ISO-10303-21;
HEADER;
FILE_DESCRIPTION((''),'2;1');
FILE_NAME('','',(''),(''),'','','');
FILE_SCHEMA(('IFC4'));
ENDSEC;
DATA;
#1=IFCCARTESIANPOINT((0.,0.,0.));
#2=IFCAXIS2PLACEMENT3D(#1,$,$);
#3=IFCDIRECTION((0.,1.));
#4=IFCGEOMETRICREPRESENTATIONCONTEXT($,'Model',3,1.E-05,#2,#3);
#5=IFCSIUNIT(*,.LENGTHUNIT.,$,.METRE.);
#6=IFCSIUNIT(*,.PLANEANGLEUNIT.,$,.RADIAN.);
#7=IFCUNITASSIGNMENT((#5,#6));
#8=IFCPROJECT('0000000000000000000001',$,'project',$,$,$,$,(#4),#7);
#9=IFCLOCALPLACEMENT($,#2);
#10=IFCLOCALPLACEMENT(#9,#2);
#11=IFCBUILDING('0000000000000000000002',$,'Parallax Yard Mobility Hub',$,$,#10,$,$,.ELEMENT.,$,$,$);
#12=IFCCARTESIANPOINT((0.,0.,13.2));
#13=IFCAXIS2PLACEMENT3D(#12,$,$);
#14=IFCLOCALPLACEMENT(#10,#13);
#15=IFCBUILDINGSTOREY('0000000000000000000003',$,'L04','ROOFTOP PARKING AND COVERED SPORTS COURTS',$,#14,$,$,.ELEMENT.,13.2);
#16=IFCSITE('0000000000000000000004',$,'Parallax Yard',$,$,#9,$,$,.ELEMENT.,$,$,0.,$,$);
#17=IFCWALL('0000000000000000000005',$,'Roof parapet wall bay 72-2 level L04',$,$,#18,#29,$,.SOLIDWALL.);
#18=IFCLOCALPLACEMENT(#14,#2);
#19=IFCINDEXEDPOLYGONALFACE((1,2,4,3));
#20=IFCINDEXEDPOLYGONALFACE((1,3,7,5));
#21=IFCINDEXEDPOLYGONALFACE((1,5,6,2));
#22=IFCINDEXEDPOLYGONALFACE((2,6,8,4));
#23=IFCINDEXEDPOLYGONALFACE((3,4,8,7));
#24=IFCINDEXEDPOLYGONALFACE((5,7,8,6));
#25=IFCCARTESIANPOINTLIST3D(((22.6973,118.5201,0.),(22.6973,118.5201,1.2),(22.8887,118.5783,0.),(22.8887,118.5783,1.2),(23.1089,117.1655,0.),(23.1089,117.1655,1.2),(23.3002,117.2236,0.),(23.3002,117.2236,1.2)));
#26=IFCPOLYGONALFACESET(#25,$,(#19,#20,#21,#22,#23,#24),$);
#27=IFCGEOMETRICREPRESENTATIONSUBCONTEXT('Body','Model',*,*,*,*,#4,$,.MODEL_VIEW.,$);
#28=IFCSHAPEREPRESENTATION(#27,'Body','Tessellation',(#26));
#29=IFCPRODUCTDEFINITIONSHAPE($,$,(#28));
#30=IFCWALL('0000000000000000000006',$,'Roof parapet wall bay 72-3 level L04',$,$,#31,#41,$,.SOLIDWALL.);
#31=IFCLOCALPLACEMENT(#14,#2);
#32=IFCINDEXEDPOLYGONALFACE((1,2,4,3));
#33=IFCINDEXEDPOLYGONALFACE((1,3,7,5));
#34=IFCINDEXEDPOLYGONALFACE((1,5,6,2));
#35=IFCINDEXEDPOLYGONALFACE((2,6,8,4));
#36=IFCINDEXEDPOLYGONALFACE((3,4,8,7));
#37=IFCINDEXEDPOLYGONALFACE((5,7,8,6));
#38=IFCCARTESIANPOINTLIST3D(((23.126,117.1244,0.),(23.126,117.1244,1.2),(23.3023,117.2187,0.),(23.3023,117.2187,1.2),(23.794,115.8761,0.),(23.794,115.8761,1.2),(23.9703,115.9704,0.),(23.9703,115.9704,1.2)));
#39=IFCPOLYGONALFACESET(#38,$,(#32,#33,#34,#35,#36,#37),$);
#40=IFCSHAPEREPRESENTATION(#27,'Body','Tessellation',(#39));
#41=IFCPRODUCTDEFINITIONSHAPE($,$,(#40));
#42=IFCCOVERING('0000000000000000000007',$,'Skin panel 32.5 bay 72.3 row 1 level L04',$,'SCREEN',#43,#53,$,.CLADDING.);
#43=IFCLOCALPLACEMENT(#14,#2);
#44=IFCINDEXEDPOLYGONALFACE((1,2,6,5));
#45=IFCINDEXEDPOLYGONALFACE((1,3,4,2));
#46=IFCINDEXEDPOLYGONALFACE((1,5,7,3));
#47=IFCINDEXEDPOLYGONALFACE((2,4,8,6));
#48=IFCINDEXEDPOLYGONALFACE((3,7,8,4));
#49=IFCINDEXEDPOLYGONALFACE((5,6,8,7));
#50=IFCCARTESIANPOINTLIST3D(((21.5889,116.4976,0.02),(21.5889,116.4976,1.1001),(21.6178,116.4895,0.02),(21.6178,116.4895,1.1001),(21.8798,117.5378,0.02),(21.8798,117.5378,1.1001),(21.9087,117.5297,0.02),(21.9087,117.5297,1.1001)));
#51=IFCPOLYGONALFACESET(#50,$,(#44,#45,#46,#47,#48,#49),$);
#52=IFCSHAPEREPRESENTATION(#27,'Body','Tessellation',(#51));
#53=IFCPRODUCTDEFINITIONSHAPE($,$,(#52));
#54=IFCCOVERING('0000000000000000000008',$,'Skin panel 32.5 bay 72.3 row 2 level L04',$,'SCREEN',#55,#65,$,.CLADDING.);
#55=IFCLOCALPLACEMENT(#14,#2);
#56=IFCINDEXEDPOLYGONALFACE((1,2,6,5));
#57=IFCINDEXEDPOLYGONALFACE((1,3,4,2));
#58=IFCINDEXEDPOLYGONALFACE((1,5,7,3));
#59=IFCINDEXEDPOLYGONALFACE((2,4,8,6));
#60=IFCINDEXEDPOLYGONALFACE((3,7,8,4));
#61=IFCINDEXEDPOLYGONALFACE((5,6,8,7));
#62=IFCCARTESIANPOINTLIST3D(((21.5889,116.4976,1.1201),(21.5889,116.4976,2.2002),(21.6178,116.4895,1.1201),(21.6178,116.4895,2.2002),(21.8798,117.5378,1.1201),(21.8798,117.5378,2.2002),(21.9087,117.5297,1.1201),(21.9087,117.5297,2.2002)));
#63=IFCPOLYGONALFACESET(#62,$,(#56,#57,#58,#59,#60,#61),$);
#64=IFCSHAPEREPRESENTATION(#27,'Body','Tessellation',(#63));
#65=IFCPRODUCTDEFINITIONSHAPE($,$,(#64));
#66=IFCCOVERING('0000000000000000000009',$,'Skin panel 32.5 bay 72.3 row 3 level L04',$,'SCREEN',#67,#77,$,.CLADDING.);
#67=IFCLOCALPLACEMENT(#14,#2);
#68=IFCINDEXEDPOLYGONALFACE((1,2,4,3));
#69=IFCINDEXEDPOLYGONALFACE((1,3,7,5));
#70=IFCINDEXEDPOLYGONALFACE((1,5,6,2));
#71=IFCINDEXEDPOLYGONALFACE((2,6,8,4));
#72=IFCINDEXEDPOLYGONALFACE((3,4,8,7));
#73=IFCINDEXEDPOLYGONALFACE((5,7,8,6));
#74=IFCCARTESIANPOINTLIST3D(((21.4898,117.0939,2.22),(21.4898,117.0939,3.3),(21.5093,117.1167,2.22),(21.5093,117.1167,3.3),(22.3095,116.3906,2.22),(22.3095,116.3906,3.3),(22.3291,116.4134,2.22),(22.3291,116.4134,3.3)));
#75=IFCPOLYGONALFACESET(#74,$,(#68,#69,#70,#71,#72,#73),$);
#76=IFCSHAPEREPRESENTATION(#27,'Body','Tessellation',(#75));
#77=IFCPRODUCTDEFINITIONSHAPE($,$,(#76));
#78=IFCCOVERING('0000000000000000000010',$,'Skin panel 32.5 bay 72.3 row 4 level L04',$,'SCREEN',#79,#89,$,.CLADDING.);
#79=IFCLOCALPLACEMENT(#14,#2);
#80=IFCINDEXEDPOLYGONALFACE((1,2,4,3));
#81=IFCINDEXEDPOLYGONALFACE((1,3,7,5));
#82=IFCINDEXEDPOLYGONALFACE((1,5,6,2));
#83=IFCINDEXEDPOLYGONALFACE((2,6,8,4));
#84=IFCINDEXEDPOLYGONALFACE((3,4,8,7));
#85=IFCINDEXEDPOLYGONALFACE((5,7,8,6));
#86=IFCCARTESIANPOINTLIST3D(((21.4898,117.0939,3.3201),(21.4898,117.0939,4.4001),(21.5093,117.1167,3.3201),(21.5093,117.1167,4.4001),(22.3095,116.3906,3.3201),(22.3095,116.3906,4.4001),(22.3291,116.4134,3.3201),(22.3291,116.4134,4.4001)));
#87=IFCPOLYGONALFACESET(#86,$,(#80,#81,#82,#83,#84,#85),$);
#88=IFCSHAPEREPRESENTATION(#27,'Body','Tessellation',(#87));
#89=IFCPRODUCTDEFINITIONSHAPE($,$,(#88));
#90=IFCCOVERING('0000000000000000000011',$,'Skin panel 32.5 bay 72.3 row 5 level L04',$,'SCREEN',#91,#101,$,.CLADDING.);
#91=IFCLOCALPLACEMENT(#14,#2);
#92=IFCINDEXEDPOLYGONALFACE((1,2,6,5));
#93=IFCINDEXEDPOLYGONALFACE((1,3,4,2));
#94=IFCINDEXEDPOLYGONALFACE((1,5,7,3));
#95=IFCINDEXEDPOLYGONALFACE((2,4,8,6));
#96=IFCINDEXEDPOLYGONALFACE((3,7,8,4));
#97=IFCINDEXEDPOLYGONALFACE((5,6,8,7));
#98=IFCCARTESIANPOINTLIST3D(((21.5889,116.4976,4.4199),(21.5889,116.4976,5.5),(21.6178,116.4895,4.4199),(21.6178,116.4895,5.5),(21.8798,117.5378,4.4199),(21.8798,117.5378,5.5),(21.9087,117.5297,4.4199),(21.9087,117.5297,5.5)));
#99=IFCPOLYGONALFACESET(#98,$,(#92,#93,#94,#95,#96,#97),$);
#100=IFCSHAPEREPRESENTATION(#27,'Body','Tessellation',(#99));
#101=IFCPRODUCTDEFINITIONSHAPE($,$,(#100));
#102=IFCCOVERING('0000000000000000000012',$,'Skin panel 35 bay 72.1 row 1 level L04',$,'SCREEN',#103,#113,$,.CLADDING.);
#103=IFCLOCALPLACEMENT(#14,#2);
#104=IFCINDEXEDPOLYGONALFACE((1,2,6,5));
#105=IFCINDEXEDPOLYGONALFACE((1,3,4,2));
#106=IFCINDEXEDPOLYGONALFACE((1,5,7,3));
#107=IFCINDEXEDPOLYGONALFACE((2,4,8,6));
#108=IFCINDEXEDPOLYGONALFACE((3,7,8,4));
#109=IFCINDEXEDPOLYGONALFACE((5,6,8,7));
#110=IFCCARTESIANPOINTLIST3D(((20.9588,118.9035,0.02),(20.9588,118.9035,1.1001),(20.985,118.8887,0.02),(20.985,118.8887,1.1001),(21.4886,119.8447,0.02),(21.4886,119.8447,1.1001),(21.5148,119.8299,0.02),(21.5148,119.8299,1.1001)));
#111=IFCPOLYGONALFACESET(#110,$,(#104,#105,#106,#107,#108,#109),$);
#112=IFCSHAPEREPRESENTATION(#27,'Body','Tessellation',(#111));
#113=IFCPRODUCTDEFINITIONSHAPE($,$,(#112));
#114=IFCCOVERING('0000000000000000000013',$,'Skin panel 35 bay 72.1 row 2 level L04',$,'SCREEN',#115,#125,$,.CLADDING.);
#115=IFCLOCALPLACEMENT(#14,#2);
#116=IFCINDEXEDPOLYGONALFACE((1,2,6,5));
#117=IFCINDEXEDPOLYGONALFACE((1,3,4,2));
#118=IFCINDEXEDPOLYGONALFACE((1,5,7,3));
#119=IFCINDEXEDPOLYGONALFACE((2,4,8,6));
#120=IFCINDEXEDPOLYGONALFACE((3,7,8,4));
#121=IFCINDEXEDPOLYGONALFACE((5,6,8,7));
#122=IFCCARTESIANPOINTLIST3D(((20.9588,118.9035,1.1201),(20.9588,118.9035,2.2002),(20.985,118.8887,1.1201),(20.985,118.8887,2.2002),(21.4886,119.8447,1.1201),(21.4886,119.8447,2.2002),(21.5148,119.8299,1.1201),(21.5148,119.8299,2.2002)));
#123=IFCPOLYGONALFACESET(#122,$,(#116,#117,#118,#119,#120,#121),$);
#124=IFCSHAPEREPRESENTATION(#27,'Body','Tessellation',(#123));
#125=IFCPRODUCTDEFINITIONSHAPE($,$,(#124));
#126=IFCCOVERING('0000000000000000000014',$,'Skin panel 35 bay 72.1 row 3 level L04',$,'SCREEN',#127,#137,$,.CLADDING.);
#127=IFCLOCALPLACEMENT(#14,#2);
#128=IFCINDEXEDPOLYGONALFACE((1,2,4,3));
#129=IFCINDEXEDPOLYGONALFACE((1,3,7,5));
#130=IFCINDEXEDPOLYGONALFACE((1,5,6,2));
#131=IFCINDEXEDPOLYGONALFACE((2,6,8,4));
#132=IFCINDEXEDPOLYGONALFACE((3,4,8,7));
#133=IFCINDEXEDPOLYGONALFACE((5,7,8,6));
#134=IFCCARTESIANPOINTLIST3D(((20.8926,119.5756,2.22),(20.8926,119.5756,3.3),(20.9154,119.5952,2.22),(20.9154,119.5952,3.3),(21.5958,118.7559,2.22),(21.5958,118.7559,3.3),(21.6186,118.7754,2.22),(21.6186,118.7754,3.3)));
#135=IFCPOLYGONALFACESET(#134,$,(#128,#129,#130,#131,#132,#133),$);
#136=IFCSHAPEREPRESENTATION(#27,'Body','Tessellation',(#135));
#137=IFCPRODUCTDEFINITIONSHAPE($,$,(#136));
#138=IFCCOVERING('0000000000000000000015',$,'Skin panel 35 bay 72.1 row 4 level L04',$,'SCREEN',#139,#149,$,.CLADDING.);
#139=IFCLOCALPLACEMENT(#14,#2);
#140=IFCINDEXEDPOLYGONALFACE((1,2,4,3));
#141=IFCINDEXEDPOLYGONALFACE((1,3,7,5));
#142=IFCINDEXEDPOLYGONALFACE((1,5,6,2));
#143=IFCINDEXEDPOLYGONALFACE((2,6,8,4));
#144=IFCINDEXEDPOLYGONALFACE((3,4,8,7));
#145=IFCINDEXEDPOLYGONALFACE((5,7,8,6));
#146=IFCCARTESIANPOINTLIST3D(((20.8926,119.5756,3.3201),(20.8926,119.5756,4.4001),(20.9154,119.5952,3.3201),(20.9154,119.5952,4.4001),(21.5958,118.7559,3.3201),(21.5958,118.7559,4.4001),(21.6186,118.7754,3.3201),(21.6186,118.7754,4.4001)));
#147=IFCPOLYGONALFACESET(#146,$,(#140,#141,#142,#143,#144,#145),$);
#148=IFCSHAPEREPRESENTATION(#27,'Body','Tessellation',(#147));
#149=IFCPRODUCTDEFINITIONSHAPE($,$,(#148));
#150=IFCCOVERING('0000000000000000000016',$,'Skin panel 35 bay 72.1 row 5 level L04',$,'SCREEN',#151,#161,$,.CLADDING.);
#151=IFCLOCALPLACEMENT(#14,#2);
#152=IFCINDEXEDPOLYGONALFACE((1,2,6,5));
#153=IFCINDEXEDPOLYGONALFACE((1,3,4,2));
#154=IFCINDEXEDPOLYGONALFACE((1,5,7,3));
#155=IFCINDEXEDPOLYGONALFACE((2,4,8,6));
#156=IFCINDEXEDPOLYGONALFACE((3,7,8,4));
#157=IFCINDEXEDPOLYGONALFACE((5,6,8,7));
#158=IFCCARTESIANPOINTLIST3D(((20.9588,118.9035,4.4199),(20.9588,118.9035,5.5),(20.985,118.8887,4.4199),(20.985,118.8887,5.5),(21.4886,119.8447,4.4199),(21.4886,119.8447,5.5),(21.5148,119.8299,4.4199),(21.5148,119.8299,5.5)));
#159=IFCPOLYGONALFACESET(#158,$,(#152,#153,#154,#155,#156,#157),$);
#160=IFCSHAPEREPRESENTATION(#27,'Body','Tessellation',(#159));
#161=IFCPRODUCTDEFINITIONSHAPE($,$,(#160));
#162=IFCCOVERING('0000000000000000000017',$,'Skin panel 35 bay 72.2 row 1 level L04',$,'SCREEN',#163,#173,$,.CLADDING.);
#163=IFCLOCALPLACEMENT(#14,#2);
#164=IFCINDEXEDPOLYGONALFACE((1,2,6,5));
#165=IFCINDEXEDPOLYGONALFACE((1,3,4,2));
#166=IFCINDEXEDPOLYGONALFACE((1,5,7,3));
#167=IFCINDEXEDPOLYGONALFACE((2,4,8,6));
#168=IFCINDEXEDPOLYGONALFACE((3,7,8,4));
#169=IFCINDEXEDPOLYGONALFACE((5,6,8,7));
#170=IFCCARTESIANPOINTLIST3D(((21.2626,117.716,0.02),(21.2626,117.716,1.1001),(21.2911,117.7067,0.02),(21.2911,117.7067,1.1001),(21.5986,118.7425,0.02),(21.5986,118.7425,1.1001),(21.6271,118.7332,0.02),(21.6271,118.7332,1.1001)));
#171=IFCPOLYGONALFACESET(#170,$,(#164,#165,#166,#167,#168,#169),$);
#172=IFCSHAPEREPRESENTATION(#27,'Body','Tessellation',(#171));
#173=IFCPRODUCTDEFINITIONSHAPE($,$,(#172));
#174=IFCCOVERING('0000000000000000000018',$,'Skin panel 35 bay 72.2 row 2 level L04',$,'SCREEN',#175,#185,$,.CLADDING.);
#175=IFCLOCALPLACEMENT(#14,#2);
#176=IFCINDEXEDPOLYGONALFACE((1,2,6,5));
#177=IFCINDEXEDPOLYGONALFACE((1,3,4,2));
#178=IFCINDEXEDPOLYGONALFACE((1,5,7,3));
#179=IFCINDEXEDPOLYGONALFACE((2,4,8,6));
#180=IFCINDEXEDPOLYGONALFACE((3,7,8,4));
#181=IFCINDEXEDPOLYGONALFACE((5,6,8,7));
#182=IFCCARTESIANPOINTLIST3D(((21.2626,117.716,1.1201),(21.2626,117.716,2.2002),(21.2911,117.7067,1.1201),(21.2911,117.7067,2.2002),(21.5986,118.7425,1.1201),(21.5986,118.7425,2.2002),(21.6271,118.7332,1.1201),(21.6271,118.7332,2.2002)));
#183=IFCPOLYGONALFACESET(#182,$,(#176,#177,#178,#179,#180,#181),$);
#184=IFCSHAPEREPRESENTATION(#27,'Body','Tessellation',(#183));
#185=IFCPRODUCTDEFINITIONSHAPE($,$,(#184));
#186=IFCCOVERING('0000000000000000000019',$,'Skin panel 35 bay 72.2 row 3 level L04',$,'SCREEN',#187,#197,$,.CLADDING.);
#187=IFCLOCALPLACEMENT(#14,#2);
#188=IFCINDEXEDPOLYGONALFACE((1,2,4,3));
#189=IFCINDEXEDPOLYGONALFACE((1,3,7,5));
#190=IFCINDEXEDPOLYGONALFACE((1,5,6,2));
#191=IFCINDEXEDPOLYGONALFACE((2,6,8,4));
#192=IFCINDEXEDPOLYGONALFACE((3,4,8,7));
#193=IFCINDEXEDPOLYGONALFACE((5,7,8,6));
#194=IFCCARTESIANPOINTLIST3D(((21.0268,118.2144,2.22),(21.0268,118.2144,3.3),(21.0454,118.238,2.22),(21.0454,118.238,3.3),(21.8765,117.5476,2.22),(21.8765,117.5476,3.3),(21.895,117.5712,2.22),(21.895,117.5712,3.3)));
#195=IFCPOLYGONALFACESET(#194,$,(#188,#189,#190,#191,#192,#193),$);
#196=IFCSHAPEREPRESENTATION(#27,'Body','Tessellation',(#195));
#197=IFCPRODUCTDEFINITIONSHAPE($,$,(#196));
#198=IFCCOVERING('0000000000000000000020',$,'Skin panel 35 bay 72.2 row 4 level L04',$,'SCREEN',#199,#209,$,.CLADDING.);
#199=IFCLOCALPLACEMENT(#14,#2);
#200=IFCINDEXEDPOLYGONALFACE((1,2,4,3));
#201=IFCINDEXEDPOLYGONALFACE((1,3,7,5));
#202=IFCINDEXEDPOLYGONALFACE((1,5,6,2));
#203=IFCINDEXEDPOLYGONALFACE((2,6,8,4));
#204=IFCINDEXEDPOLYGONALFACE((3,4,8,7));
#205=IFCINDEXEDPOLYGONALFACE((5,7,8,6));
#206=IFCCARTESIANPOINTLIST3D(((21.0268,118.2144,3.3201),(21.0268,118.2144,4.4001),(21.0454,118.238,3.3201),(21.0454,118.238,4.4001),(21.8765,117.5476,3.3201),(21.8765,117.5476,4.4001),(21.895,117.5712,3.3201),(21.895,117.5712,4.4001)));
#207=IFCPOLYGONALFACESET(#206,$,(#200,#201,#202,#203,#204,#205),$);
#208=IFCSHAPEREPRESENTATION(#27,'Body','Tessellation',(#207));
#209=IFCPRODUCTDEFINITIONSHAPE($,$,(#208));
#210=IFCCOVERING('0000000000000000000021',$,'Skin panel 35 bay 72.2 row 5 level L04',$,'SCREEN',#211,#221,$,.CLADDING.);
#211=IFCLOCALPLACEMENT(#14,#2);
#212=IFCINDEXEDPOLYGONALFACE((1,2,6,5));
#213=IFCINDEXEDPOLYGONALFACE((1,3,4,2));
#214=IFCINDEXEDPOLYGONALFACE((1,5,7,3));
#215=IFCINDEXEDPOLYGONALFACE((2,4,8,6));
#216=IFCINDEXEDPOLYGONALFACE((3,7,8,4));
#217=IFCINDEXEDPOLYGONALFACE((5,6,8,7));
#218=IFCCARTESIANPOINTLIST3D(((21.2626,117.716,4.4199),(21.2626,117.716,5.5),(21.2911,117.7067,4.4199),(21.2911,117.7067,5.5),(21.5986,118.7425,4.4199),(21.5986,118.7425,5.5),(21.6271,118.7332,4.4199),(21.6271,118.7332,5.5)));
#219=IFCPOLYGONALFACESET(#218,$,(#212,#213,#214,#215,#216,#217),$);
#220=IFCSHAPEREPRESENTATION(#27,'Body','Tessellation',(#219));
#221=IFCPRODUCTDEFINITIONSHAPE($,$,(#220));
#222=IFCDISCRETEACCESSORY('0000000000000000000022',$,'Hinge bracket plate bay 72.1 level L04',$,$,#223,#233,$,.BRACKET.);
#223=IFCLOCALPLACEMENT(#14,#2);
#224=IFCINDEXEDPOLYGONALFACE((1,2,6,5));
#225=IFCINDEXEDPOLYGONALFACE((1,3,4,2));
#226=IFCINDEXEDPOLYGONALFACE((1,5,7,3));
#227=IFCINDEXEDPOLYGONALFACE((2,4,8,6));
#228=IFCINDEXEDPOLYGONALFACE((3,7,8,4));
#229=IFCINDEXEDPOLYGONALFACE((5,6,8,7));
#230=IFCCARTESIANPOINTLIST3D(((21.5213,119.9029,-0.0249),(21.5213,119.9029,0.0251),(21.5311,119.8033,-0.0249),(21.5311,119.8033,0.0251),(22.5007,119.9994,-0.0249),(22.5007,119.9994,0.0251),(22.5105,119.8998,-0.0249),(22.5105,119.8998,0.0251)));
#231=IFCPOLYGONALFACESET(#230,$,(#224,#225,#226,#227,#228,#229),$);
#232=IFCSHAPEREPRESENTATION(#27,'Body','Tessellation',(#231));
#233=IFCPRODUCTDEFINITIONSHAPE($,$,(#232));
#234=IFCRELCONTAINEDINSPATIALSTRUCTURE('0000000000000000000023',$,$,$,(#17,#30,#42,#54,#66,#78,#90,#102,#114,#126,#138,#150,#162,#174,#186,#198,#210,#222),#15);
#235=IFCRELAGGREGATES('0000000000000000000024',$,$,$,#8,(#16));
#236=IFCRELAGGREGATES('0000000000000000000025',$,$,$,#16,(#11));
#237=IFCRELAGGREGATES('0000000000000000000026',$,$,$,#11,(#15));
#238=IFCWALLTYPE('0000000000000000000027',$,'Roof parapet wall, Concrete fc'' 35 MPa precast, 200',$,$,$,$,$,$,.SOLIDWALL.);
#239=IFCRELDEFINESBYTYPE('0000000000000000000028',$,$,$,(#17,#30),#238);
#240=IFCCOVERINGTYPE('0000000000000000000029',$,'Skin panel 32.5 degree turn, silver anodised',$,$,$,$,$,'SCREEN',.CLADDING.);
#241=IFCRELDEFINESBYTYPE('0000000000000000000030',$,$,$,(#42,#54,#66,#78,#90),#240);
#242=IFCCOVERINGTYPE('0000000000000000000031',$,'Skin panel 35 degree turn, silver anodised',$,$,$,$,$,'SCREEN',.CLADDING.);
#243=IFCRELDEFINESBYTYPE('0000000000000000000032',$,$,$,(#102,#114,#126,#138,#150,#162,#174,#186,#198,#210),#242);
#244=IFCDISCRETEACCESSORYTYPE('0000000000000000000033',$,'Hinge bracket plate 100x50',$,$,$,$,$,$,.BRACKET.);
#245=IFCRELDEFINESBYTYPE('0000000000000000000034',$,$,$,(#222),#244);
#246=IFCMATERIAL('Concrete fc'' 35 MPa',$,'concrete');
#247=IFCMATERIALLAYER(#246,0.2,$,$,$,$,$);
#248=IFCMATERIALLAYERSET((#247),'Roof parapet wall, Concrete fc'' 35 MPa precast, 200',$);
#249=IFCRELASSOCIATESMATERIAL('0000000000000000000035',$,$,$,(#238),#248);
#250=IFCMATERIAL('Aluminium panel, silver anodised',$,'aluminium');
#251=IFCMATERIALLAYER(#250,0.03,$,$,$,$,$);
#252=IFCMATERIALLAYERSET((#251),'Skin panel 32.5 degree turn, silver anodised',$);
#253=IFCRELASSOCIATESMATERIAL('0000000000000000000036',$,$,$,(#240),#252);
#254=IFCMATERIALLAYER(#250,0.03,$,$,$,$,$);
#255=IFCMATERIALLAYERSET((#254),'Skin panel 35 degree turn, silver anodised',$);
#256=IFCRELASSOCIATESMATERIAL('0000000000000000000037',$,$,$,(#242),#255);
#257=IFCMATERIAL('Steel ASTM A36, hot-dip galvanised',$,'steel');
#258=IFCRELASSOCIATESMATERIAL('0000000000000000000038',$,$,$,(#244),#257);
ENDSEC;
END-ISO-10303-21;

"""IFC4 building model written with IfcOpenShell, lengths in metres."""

from ifc_helpers import new_model, si_unit, direction, frame, frame_2d, origin, origin_2d, place, context, subcontext, project, spatial, rectangle, extrude, material, layer, layer_set, type_object, element, save


model = new_model("IFC4")

# Units and contexts
model_context = context("Model", 3, precision=1e-05, world=origin(), true_north=direction((0.0, 1.0)))
body_context = subcontext(model_context, "Body", "Model", "MODEL_VIEW")
ifc_project = project(units=[si_unit("LENGTHUNIT", "METRE"), si_unit("PLANEANGLEUNIT", "RADIAN")], contexts=[model_context])

# Site, building, storey
site_placement = place(None, origin())
site = spatial("IfcSite", under=ifc_project, at=site_placement, Name="Parallax Yard", CompositionType="ELEMENT", RefElevation=0.0)
building_placement = place(site_placement, origin())
building = spatial("IfcBuilding", under=site, at=building_placement, Name="Parallax Yard Mobility Hub", CompositionType="ELEMENT")
storey_placement = place(building_placement, frame((0.0, 0.0, 13.2)))
storey = spatial("IfcBuildingStorey", under=building, at=storey_placement, Name="L04", Description="ROOFTOP PARKING AND COVERED SPORTS COURTS", CompositionType="ELEMENT", Elevation=13.2)

# Walls
ifc_material_1 = material(Name="Concrete fc' 35 MPa", Category="concrete")
ifc_layer_1 = layer(ifc_material_1, 0.2)
ifc_layer_set_1 = layer_set([ifc_layer_1], Name="Roof parapet wall, Concrete fc' 35 MPa precast, 200")
wall_type_1 = type_object("IfcWallType", Name="Roof parapet wall, Concrete fc' 35 MPa precast, 200", PredefinedType="SOLIDWALL", material=ifc_layer_set_1)
for number, where, z_axis, x_axis, name in (
    (1, (22.793, 118.5493, 0.0), (0.0, 0.0, 1.0), (0.290716, -0.95681, 0.0), "Roof parapet wall bay 72-2 level L04"),
    (2, (23.2141, 117.1716, 0.0), (0.0, 0.0, 1.0), (0.471805, -0.881703, 0.0), "Roof parapet wall bay 72-3 level L04"),
):
    element("IfcWall", number, at=place(storey_placement, frame(where, z_axis=z_axis, x_axis=x_axis)), inside=storey, type_object=wall_type_1, Name=name, PredefinedType="SOLIDWALL", context=body_context, shape_type="SweptSolid", body=[
        extrude(rectangle(XDim=1.4158, YDim=0.2, at=frame_2d((0.708, 0.0))), origin(), (0.0, 0.0, 1.0), 1.2),
    ])

# Coverings
ifc_material_2 = material(Name="Aluminium panel, silver anodised", Category="aluminium")
ifc_layer_2 = layer(ifc_material_2, 0.03)
ifc_layer_set_2 = layer_set([ifc_layer_2], Name="Skin panel 32.5 degree turn, silver anodised")
covering_type_1 = type_object("IfcCoveringType", Name="Skin panel 32.5 degree turn, silver anodised", ElementType="SCREEN", PredefinedType="CLADDING", material=ifc_layer_set_2)
for number, where, z_axis, x_axis, name in (
    (3, (21.7488, 117.0137, 0.02), (0.0, 0.0, 1.0), (-0.26934, -0.963045, 0.0), "Skin panel 32.5 bay 72.3 row 1 level L04"),
    (4, (21.7488, 117.0137, 1.1201), (0.0, 0.0, 1.0), (-0.26934, -0.963045, 0.0), "Skin panel 32.5 bay 72.3 row 2 level L04"),
    (5, (21.9094, 116.7537, 2.22), (0.0, 0.0, 1.0), (-0.758987, 0.651105, 0.0), "Skin panel 32.5 bay 72.3 row 3 level L04"),
    (6, (21.9094, 116.7537, 3.3201), (0.0, 0.0, 1.0), (-0.758987, 0.651105, 0.0), "Skin panel 32.5 bay 72.3 row 4 level L04"),
    (7, (21.7488, 117.0137, 4.4199), (0.0, 0.0, 1.0), (-0.26934, -0.963045, 0.0), "Skin panel 32.5 bay 72.3 row 5 level L04"),
):
    element("IfcCovering", number, at=place(storey_placement, frame(where, z_axis=z_axis, x_axis=x_axis)), inside=storey, type_object=covering_type_1, Name=name, ObjectType="SCREEN", PredefinedType="CLADDING", context=body_context, shape_type="SweptSolid", body=[
        extrude(rectangle(XDim=1.0801, YDim=0.03, at=origin_2d()), origin(), (0.0, 0.0, 1.0), 1.0801),
    ])
ifc_layer_3 = layer(ifc_material_2, 0.03)
ifc_layer_set_3 = layer_set([ifc_layer_3], Name="Skin panel 35 degree turn, silver anodised")
covering_type_2 = type_object("IfcCoveringType", Name="Skin panel 35 degree turn, silver anodised", ElementType="SCREEN", PredefinedType="CLADDING", material=ifc_layer_set_3)
for number, where, z_axis, x_axis, name in (
    (8, (21.2368, 119.3667, 0.02), (0.0, 0.0, 1.0), (-0.490524, -0.871428, 0.0), "Skin panel 35 bay 72.1 row 1 level L04"),
    (9, (21.2368, 119.3667, 1.1201), (0.0, 0.0, 1.0), (-0.490524, -0.871428, 0.0), "Skin panel 35 bay 72.1 row 2 level L04"),
    (10, (21.2556, 119.1755, 2.22), (0.0, 0.0, 1.0), (-0.651105, 0.758987, 0.0), "Skin panel 35 bay 72.1 row 3 level L04"),
    (11, (21.2556, 119.1755, 3.3201), (0.0, 0.0, 1.0), (-0.651105, 0.758987, 0.0), "Skin panel 35 bay 72.1 row 4 level L04"),
    (12, (21.2368, 119.3667, 4.4199), (0.0, 0.0, 1.0), (-0.490524, -0.871428, 0.0), "Skin panel 35 bay 72.1 row 5 level L04"),
    (13, (21.4448, 118.2246, 0.02), (0.0, 0.0, 1.0), (-0.311091, -0.95038, 0.0), "Skin panel 35 bay 72.2 row 1 level L04"),
    (14, (21.4448, 118.2246, 1.1201), (0.0, 0.0, 1.0), (-0.311091, -0.95038, 0.0), "Skin panel 35 bay 72.2 row 2 level L04"),
    (15, (21.4609, 117.8928, 2.22), (0.0, 0.0, 1.0), (-0.786666, 0.617379, 0.0), "Skin panel 35 bay 72.2 row 3 level L04"),
    (16, (21.4609, 117.8928, 3.3201), (0.0, 0.0, 1.0), (-0.786666, 0.617379, 0.0), "Skin panel 35 bay 72.2 row 4 level L04"),
    (17, (21.4448, 118.2246, 4.4199), (0.0, 0.0, 1.0), (-0.311091, -0.95038, 0.0), "Skin panel 35 bay 72.2 row 5 level L04"),
):
    element("IfcCovering", number, at=place(storey_placement, frame(where, z_axis=z_axis, x_axis=x_axis)), inside=storey, type_object=covering_type_2, Name=name, ObjectType="SCREEN", PredefinedType="CLADDING", context=body_context, shape_type="SweptSolid", body=[
        extrude(rectangle(XDim=1.0801, YDim=0.03, at=origin_2d()), origin(), (0.0, 0.0, 1.0), 1.0801),
    ])

# Discrete accessory
ifc_material_3 = material(Name="Steel ASTM A36, hot-dip galvanised", Category="steel")
discrete_accessory_type_1 = type_object("IfcDiscreteAccessoryType", Name="Hinge bracket plate 100x50", PredefinedType="BRACKET", material=ifc_material_3)
discrete_accessory_1_placement = place(storey_placement, frame((22.0159, 119.9014, -0.0249), z_axis=(0.0, 0.0, 1.0), x_axis=(-0.995185, -0.098017, 0.0)))
element("IfcDiscreteAccessory", 18, at=discrete_accessory_1_placement, inside=storey, type_object=discrete_accessory_type_1, Name="Hinge bracket plate bay 72.1 level L04", PredefinedType="BRACKET", context=body_context, shape_type="SweptSolid", body=[
    extrude(rectangle(XDim=0.9841, YDim=0.1001, at=origin_2d()), origin(), (0.0, 0.0, 1.0), 0.05),
])

save(model, "model.ifc")
